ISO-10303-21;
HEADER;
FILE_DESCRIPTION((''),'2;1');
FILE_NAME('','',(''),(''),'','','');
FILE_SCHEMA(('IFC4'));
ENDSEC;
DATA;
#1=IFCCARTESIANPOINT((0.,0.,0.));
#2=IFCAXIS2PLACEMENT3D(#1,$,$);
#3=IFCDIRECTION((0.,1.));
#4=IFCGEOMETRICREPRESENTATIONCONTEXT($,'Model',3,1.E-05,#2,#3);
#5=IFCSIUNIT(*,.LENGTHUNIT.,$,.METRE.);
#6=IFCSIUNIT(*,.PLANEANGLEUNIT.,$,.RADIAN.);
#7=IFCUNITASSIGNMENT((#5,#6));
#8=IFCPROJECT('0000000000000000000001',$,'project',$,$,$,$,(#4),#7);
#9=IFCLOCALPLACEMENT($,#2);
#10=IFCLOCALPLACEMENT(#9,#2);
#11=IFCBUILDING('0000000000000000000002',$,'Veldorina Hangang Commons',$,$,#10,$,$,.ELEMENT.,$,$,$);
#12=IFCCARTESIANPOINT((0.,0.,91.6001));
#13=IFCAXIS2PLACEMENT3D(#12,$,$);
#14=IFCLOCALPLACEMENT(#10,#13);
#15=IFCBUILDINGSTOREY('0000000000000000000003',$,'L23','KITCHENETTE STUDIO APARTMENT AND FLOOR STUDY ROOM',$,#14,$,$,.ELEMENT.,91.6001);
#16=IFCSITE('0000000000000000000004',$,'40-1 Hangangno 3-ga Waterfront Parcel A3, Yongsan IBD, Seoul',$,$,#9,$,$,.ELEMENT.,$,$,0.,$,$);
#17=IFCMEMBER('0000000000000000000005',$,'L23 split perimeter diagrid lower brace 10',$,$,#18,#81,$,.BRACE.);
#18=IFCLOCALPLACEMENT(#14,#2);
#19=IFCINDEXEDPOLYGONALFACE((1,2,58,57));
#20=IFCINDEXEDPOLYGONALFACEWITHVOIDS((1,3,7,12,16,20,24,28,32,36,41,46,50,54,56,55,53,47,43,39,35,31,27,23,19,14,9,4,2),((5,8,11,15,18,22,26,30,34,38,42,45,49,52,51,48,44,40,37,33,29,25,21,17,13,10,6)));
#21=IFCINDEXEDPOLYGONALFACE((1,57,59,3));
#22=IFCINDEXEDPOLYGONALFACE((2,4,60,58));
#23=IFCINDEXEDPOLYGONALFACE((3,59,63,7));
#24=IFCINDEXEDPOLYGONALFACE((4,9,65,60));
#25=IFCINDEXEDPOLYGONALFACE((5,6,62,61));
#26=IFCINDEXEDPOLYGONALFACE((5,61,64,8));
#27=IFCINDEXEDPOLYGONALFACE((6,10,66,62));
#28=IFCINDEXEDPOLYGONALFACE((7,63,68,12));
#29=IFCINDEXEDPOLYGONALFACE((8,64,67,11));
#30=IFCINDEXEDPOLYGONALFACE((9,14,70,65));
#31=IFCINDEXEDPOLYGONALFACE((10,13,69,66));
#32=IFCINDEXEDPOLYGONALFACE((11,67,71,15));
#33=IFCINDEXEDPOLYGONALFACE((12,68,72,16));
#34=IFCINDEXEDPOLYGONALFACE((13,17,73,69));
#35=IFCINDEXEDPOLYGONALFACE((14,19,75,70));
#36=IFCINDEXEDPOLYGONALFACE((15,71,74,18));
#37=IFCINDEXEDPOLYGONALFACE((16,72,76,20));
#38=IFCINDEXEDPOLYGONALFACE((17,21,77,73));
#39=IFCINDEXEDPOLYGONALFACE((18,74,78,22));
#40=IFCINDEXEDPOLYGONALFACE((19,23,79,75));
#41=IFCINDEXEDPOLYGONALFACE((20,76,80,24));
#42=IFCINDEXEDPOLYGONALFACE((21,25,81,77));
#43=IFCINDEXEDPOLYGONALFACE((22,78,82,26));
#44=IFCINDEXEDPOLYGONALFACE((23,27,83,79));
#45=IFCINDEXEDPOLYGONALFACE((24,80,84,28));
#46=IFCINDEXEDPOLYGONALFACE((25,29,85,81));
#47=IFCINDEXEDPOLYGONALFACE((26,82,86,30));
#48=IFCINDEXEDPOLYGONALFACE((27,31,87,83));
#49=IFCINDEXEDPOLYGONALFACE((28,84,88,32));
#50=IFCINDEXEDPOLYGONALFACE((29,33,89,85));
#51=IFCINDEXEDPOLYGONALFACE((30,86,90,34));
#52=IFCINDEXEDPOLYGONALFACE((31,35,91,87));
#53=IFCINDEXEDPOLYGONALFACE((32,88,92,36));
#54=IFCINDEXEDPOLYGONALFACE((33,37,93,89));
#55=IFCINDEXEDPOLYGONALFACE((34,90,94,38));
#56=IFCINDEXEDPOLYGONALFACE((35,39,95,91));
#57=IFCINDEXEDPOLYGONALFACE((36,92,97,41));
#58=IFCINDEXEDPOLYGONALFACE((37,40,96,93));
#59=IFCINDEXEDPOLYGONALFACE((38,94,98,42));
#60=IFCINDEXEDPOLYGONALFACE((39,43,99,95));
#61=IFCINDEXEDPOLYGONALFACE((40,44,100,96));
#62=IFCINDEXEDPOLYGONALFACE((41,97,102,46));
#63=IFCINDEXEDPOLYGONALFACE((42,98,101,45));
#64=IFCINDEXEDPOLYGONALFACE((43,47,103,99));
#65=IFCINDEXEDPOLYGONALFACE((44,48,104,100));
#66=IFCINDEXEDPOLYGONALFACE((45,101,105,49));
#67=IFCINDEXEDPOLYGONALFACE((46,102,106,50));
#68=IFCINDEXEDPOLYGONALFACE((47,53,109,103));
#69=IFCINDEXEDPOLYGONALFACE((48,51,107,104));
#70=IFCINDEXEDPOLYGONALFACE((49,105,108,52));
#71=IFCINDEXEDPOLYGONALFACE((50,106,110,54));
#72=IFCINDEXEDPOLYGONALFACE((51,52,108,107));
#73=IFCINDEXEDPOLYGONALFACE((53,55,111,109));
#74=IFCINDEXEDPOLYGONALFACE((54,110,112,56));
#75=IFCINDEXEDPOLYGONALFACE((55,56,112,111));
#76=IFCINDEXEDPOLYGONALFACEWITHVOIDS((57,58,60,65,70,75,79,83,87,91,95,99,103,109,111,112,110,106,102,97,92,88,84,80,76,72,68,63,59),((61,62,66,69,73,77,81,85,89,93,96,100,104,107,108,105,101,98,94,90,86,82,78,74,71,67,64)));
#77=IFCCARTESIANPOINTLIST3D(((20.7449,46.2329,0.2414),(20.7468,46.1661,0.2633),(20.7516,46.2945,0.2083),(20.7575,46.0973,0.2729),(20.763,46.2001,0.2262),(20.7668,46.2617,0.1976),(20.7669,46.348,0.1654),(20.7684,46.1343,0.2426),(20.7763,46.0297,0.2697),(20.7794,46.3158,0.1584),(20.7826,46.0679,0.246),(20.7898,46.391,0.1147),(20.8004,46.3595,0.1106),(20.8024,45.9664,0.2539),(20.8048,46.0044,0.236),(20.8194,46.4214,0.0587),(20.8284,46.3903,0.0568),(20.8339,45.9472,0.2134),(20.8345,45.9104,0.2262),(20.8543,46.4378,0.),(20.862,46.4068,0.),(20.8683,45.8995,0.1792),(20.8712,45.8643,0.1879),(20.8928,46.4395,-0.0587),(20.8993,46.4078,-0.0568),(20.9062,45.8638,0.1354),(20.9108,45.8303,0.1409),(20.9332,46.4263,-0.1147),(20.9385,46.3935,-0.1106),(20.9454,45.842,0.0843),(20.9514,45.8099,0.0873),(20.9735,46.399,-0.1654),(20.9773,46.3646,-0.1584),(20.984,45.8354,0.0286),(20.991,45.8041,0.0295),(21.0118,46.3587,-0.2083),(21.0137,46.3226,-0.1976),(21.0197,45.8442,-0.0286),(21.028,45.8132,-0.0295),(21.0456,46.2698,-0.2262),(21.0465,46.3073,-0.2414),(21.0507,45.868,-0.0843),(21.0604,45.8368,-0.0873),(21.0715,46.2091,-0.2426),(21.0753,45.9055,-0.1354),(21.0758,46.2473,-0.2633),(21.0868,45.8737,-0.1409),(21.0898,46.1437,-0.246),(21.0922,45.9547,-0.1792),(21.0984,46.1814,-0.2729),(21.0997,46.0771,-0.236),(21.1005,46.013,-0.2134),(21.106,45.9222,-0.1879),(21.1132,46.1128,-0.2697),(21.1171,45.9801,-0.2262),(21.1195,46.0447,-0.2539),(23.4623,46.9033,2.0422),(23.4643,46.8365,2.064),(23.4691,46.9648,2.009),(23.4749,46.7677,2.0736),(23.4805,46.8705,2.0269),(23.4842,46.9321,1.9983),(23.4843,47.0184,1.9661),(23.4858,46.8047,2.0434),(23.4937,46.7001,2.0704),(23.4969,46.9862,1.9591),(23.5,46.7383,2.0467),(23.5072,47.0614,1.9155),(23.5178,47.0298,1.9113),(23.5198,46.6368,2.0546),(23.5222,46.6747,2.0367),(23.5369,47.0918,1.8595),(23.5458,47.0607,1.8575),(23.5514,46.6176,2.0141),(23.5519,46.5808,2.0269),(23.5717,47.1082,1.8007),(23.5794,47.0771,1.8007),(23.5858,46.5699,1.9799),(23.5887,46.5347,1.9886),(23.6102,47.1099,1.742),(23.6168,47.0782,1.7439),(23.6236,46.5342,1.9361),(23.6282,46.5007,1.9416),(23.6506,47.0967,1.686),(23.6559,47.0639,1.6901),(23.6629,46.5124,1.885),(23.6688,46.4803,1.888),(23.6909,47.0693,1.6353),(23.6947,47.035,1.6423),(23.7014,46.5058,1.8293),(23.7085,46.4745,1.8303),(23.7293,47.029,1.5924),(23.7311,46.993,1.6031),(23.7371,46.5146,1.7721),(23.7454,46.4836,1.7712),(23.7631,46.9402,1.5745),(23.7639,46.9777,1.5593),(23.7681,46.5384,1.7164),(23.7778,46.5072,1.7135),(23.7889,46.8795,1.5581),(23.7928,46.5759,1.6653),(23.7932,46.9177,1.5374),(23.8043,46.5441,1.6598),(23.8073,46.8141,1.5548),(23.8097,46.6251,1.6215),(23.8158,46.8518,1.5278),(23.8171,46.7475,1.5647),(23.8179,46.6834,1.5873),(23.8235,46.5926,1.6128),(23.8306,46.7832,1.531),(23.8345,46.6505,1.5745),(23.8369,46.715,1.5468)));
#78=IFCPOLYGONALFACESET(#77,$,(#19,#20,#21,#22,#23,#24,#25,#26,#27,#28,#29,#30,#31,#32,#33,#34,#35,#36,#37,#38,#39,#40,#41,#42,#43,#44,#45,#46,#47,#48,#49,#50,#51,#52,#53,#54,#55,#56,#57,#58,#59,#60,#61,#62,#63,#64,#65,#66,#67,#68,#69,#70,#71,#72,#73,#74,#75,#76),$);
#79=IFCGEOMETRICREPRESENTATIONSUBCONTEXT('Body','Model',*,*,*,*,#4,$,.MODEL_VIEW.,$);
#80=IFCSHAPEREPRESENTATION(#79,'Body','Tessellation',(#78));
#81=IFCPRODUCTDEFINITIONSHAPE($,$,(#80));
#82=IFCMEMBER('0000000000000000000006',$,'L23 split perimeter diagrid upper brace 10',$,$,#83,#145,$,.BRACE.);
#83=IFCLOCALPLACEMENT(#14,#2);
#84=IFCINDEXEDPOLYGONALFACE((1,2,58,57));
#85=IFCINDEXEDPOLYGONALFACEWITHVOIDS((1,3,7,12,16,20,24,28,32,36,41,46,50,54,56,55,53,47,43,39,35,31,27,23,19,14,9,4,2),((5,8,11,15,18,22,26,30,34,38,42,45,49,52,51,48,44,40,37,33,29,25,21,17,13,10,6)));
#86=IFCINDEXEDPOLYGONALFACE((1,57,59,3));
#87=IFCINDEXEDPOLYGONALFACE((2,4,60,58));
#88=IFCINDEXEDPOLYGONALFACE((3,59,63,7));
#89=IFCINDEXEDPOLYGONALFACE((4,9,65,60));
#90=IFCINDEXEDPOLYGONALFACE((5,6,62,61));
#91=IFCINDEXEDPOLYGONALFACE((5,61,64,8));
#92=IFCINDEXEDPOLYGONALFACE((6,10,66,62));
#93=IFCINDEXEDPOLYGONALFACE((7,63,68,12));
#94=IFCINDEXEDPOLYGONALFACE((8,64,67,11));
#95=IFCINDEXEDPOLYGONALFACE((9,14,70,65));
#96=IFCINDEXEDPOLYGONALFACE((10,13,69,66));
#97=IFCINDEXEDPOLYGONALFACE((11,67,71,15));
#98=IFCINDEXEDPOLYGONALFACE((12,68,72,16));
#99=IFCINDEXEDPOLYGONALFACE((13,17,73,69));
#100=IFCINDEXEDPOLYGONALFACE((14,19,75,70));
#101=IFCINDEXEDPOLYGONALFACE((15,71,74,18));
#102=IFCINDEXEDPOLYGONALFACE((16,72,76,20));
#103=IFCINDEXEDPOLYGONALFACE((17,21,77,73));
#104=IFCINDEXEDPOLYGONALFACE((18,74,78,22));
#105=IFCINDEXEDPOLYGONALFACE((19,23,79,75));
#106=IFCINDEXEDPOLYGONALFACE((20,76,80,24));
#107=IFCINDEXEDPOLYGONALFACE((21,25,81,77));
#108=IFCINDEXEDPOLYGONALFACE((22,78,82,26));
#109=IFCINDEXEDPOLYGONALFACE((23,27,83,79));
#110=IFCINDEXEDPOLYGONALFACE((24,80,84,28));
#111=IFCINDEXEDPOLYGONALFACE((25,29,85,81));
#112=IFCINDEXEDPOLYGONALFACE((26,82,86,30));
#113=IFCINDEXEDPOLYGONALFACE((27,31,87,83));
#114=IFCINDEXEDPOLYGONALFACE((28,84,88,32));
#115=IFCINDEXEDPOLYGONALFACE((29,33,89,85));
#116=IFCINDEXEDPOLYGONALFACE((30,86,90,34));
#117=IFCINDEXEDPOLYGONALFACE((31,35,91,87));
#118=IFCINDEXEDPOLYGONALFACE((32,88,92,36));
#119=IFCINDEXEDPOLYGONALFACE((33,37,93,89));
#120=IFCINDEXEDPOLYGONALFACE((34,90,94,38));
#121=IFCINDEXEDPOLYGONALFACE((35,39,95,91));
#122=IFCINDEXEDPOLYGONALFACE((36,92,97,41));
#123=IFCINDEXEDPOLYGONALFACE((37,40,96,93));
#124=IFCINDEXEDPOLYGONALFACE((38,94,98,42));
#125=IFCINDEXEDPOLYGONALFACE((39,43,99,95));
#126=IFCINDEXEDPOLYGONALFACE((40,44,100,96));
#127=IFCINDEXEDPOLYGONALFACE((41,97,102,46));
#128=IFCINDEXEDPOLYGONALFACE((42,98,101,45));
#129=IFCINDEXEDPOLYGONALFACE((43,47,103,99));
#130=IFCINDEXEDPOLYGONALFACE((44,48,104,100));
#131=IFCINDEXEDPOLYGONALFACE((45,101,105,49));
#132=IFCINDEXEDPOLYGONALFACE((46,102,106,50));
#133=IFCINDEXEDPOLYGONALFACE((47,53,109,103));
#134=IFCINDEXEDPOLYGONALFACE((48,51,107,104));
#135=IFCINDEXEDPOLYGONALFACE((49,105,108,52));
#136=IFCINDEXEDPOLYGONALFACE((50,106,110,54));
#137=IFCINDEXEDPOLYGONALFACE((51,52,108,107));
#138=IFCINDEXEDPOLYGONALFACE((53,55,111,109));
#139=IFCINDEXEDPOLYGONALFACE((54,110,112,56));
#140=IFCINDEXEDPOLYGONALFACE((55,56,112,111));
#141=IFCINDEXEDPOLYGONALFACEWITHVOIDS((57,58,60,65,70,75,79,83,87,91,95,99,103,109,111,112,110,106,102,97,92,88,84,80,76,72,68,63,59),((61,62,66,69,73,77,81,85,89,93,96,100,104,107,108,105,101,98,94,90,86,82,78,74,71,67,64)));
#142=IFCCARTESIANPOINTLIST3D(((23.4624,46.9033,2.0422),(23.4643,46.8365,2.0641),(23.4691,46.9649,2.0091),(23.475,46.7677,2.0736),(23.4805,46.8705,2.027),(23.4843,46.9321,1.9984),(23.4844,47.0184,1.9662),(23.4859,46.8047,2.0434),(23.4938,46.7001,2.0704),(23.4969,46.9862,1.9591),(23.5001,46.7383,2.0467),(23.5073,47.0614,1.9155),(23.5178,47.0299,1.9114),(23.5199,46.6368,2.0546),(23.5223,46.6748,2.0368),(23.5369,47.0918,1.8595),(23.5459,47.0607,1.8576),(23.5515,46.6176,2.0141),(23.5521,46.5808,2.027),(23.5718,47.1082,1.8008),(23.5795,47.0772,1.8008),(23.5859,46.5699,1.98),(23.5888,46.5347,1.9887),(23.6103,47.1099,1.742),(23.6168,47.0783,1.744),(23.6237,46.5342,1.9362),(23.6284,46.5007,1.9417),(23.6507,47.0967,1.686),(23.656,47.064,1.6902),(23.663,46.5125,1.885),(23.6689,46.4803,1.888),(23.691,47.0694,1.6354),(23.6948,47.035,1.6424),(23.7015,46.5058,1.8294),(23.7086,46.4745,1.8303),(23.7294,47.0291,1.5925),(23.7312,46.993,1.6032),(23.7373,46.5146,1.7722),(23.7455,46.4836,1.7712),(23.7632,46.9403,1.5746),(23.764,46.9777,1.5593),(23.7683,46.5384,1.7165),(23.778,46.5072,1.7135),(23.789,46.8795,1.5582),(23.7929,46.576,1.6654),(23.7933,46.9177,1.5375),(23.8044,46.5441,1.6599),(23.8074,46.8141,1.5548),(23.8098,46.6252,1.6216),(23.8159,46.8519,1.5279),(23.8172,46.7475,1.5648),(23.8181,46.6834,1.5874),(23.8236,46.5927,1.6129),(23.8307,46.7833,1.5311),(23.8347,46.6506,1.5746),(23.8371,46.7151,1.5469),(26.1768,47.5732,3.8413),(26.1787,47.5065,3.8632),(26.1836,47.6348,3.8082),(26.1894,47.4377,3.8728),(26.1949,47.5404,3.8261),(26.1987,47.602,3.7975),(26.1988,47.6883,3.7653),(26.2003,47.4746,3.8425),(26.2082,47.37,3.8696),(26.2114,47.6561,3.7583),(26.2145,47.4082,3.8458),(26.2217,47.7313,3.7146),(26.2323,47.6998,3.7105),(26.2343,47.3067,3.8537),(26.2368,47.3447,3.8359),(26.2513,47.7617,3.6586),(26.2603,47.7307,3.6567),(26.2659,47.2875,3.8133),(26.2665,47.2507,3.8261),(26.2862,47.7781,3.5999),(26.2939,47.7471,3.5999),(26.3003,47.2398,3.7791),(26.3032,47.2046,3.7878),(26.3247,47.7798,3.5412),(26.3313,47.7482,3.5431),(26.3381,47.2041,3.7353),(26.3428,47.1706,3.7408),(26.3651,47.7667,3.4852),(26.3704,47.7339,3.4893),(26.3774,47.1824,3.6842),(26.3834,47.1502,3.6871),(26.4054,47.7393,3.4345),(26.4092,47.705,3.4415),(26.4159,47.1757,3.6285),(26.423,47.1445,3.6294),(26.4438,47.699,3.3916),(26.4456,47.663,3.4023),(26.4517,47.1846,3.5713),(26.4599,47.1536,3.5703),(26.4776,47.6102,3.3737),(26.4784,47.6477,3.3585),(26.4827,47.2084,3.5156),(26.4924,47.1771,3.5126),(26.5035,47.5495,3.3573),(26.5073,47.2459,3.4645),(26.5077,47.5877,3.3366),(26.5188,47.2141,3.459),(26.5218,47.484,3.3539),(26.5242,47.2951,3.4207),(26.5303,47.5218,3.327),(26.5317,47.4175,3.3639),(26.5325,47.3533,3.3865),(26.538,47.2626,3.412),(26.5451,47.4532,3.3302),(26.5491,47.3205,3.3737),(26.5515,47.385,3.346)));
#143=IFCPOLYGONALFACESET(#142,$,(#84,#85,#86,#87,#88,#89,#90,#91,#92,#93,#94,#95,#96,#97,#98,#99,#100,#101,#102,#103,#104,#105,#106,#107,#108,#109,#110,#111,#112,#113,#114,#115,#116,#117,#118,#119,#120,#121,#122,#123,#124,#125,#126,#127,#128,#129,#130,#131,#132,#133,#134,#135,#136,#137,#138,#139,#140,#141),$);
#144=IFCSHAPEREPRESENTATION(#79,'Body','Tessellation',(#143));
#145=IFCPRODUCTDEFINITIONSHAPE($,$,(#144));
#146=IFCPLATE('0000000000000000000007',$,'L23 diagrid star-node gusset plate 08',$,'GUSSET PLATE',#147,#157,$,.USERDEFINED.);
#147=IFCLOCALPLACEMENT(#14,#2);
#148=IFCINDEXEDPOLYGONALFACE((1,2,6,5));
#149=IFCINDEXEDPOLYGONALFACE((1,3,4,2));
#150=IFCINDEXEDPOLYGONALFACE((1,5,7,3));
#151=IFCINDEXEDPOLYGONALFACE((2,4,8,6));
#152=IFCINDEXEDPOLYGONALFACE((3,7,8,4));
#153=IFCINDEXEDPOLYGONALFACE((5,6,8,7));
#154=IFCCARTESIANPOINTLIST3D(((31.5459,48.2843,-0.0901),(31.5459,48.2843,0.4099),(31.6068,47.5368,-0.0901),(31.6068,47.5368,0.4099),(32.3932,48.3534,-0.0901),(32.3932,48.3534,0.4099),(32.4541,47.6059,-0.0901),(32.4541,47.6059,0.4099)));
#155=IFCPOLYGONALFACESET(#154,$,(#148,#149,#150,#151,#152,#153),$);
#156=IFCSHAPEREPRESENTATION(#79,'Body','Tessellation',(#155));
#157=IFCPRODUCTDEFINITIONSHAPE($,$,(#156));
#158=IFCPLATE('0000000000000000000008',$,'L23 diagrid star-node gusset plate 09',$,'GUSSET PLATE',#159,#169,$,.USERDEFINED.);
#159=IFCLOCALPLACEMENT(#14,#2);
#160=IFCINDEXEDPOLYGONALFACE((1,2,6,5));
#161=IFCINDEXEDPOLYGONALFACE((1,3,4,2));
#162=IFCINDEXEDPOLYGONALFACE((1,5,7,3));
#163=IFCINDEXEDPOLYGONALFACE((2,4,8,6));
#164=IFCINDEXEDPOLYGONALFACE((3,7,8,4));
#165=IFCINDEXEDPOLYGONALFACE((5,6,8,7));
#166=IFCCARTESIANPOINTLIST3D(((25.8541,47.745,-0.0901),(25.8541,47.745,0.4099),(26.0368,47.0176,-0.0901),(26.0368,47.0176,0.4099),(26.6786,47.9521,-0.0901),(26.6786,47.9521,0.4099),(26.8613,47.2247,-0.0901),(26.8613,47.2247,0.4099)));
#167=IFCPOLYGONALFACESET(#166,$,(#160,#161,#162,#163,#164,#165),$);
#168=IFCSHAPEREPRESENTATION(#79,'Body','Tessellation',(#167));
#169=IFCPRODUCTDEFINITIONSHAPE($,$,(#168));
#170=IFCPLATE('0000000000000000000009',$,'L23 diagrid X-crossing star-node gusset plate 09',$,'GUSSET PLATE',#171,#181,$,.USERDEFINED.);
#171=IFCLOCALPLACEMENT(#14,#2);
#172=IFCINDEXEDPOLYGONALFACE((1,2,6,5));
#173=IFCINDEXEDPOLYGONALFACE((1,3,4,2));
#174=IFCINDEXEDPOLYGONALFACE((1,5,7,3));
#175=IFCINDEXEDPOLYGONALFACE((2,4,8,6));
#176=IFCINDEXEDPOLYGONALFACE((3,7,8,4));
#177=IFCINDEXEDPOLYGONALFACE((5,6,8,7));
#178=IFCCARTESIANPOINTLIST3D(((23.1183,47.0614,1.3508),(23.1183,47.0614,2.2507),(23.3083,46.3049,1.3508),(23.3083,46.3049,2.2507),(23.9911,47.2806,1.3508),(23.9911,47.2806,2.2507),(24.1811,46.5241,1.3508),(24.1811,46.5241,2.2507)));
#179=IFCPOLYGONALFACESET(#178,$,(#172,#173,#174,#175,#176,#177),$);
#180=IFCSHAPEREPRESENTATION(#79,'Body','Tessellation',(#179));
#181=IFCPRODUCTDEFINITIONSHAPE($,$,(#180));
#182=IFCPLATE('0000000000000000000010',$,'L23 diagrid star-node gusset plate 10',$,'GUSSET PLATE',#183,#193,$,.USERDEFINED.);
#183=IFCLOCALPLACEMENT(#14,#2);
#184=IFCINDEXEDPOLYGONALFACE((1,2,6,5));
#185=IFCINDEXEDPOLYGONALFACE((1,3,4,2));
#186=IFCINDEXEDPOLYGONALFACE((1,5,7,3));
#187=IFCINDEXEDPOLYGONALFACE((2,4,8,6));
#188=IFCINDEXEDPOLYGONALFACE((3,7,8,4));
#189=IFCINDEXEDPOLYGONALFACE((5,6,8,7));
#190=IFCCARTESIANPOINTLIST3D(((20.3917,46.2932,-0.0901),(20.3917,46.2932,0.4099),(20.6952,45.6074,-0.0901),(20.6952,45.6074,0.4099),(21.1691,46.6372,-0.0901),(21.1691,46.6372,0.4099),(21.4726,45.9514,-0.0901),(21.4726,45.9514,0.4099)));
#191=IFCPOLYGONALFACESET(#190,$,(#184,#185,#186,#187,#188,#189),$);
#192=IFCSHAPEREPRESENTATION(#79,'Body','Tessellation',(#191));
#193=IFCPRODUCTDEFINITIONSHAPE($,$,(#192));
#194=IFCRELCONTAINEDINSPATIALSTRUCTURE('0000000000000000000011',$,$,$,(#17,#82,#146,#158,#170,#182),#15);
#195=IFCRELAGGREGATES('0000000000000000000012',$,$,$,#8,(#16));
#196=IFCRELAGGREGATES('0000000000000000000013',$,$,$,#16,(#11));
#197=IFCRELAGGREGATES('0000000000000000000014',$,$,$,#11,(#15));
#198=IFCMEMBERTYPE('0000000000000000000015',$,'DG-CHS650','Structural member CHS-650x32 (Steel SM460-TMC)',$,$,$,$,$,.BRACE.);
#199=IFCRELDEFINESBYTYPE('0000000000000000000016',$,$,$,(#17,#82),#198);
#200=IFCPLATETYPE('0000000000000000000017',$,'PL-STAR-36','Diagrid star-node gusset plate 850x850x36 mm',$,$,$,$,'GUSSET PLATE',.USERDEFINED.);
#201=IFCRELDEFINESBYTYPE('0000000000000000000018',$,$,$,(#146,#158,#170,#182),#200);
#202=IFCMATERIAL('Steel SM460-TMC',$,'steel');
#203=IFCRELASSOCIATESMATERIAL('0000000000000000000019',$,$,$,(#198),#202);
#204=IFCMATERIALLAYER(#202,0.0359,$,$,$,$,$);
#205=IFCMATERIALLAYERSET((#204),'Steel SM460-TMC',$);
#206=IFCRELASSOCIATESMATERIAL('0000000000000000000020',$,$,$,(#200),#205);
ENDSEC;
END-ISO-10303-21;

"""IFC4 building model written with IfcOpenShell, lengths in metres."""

from ifc_helpers import new_model, si_unit, direction, frame, origin, origin_2d, place, context, subcontext, project, spatial, rectangle, hollow_circle, extrude, material, layer, layer_set, material_profile, profile_set, type_object, element, save


model = new_model("IFC4")

# Units and contexts
model_context = context("Model", 3, precision=1e-05, world=origin(), true_north=direction((0.0, 1.0)))
body_context = subcontext(model_context, "Body", "Model", "MODEL_VIEW")
ifc_project = project(units=[si_unit("LENGTHUNIT", "METRE"), si_unit("PLANEANGLEUNIT", "RADIAN")], contexts=[model_context])

# Site, building, storey
site_placement = place(None, origin())
site = spatial("IfcSite", under=ifc_project, at=site_placement, Name="40-1 Hangangno 3-ga Waterfront Parcel A3, Yongsan IBD, Seoul", CompositionType="ELEMENT", RefElevation=0.0)
building_placement = place(site_placement, origin())
building = spatial("IfcBuilding", under=site, at=building_placement, Name="Veldorina Hangang Commons", CompositionType="ELEMENT")
storey_placement = place(building_placement, frame((0.0, 0.0, 91.6001)))
storey = spatial("IfcBuildingStorey", under=building, at=storey_placement, Name="L23", Description="KITCHENETTE STUDIO APARTMENT AND FLOOR STUDY ROOM", CompositionType="ELEMENT", Elevation=91.6001)

# Members
ifc_material_1 = material(Name="Steel SM460-TMC", Category="steel")
ifc_material_profile_1 = material_profile(ifc_material_1, hollow_circle(Radius=0.325, WallThickness=0.032, at=origin_2d()), Name="CHS-650x32")
ifc_profile_set_1 = profile_set([ifc_material_profile_1], Name="Steel SM460-TMC")
member_type = type_object("IfcMemberType", Name="DG-CHS650", Description="Structural member CHS-650x32 (Steel SM460-TMC)", PredefinedType="BRACE", material=ifc_profile_set_1)
member_1_placement = place(storey_placement, frame((20.9321, 46.1223, 0.0), z_axis=(0.816505, 0.20143, 0.54106), x_axis=(-0.239518, 0.970892, 0.0)))
element("IfcMember", 1, at=member_1_placement, inside=storey, type_object=member_type, Name="L23 split perimeter diagrid lower brace 10", PredefinedType="BRACE", context=body_context, shape_type="SweptSolid", body=[
    extrude(hollow_circle(Radius=0.325, WallThickness=0.032, at=origin_2d()), origin(), (0.0, 0.0, 1.0), 3.3281),
])
member_2_placement = place(storey_placement, frame((23.6497, 46.7927, 1.8008), z_axis=(0.816438, 0.201503, 0.541134), x_axis=(-0.239617, 0.970868, 0.0)))
element("IfcMember", 2, at=member_2_placement, inside=storey, type_object=member_type, Name="L23 split perimeter diagrid upper brace 10", PredefinedType="BRACE", context=body_context, shape_type="SweptSolid", body=[
    extrude(hollow_circle(Radius=0.325, WallThickness=0.032, at=origin_2d()), origin(), (0.0, 0.0, 1.0), 3.3247),
])

# Plates
ifc_layer_1 = layer(ifc_material_1, 0.0359)
ifc_layer_set_1 = layer_set([ifc_layer_1], Name="Steel SM460-TMC")
plate_type = type_object("IfcPlateType", Name="PL-STAR-36", Description="Diagrid star-node gusset plate 850x850x36 mm", ElementType="GUSSET PLATE", PredefinedType="USERDEFINED", material=ifc_layer_set_1)
for number, where, z_axis, x_axis, name in (
    (3, (32.0, 47.9451, -0.0901), (0.0, 0.0, 1.0), (-0.996692, -0.081277, 0.0), "L23 diagrid star-node gusset plate 08"),
    (4, (26.3577, 47.4849, -0.0901), (0.0, 0.0, 1.0), (-0.969881, -0.243581, 0.0), "L23 diagrid star-node gusset plate 09"),
):
    element("IfcPlate", number, at=place(storey_placement, frame(where, z_axis=z_axis, x_axis=x_axis)), inside=storey, type_object=plate_type, Name=name, ObjectType="GUSSET PLATE", PredefinedType="USERDEFINED", context=body_context, shape_type="SweptSolid", body=[
        extrude(rectangle(XDim=0.8501, YDim=0.75, at=origin_2d()), origin(), (0.0, 0.0, 1.0), 0.5),
    ])
plate_1_placement = place(storey_placement, frame((23.6497, 46.7927, 1.3508), z_axis=(0.0, 0.0, 1.0), x_axis=(-0.969881, -0.243581, 0.0)))
element("IfcPlate", 5, at=plate_1_placement, inside=storey, type_object=plate_type, Name="L23 diagrid X-crossing star-node gusset plate 09", ObjectType="GUSSET PLATE", PredefinedType="USERDEFINED", context=body_context, shape_type="SweptSolid", body=[
    extrude(rectangle(XDim=0.8999, YDim=0.78, at=origin_2d()), origin(), (0.0, 0.0, 1.0), 0.8999),
])
plate_2_placement = place(storey_placement, frame((20.9321, 46.1223, -0.0901), z_axis=(0.0, 0.0, 1.0), x_axis=(-0.914452, -0.404695, 0.0)))
element("IfcPlate", 6, at=plate_2_placement, inside=storey, type_object=plate_type, Name="L23 diagrid star-node gusset plate 10", ObjectType="GUSSET PLATE", PredefinedType="USERDEFINED", context=body_context, shape_type="SweptSolid", body=[
    extrude(rectangle(XDim=0.8501, YDim=0.75, at=origin_2d()), origin(), (0.0, 0.0, 1.0), 0.5),
])

save(model, "model.ifc")
